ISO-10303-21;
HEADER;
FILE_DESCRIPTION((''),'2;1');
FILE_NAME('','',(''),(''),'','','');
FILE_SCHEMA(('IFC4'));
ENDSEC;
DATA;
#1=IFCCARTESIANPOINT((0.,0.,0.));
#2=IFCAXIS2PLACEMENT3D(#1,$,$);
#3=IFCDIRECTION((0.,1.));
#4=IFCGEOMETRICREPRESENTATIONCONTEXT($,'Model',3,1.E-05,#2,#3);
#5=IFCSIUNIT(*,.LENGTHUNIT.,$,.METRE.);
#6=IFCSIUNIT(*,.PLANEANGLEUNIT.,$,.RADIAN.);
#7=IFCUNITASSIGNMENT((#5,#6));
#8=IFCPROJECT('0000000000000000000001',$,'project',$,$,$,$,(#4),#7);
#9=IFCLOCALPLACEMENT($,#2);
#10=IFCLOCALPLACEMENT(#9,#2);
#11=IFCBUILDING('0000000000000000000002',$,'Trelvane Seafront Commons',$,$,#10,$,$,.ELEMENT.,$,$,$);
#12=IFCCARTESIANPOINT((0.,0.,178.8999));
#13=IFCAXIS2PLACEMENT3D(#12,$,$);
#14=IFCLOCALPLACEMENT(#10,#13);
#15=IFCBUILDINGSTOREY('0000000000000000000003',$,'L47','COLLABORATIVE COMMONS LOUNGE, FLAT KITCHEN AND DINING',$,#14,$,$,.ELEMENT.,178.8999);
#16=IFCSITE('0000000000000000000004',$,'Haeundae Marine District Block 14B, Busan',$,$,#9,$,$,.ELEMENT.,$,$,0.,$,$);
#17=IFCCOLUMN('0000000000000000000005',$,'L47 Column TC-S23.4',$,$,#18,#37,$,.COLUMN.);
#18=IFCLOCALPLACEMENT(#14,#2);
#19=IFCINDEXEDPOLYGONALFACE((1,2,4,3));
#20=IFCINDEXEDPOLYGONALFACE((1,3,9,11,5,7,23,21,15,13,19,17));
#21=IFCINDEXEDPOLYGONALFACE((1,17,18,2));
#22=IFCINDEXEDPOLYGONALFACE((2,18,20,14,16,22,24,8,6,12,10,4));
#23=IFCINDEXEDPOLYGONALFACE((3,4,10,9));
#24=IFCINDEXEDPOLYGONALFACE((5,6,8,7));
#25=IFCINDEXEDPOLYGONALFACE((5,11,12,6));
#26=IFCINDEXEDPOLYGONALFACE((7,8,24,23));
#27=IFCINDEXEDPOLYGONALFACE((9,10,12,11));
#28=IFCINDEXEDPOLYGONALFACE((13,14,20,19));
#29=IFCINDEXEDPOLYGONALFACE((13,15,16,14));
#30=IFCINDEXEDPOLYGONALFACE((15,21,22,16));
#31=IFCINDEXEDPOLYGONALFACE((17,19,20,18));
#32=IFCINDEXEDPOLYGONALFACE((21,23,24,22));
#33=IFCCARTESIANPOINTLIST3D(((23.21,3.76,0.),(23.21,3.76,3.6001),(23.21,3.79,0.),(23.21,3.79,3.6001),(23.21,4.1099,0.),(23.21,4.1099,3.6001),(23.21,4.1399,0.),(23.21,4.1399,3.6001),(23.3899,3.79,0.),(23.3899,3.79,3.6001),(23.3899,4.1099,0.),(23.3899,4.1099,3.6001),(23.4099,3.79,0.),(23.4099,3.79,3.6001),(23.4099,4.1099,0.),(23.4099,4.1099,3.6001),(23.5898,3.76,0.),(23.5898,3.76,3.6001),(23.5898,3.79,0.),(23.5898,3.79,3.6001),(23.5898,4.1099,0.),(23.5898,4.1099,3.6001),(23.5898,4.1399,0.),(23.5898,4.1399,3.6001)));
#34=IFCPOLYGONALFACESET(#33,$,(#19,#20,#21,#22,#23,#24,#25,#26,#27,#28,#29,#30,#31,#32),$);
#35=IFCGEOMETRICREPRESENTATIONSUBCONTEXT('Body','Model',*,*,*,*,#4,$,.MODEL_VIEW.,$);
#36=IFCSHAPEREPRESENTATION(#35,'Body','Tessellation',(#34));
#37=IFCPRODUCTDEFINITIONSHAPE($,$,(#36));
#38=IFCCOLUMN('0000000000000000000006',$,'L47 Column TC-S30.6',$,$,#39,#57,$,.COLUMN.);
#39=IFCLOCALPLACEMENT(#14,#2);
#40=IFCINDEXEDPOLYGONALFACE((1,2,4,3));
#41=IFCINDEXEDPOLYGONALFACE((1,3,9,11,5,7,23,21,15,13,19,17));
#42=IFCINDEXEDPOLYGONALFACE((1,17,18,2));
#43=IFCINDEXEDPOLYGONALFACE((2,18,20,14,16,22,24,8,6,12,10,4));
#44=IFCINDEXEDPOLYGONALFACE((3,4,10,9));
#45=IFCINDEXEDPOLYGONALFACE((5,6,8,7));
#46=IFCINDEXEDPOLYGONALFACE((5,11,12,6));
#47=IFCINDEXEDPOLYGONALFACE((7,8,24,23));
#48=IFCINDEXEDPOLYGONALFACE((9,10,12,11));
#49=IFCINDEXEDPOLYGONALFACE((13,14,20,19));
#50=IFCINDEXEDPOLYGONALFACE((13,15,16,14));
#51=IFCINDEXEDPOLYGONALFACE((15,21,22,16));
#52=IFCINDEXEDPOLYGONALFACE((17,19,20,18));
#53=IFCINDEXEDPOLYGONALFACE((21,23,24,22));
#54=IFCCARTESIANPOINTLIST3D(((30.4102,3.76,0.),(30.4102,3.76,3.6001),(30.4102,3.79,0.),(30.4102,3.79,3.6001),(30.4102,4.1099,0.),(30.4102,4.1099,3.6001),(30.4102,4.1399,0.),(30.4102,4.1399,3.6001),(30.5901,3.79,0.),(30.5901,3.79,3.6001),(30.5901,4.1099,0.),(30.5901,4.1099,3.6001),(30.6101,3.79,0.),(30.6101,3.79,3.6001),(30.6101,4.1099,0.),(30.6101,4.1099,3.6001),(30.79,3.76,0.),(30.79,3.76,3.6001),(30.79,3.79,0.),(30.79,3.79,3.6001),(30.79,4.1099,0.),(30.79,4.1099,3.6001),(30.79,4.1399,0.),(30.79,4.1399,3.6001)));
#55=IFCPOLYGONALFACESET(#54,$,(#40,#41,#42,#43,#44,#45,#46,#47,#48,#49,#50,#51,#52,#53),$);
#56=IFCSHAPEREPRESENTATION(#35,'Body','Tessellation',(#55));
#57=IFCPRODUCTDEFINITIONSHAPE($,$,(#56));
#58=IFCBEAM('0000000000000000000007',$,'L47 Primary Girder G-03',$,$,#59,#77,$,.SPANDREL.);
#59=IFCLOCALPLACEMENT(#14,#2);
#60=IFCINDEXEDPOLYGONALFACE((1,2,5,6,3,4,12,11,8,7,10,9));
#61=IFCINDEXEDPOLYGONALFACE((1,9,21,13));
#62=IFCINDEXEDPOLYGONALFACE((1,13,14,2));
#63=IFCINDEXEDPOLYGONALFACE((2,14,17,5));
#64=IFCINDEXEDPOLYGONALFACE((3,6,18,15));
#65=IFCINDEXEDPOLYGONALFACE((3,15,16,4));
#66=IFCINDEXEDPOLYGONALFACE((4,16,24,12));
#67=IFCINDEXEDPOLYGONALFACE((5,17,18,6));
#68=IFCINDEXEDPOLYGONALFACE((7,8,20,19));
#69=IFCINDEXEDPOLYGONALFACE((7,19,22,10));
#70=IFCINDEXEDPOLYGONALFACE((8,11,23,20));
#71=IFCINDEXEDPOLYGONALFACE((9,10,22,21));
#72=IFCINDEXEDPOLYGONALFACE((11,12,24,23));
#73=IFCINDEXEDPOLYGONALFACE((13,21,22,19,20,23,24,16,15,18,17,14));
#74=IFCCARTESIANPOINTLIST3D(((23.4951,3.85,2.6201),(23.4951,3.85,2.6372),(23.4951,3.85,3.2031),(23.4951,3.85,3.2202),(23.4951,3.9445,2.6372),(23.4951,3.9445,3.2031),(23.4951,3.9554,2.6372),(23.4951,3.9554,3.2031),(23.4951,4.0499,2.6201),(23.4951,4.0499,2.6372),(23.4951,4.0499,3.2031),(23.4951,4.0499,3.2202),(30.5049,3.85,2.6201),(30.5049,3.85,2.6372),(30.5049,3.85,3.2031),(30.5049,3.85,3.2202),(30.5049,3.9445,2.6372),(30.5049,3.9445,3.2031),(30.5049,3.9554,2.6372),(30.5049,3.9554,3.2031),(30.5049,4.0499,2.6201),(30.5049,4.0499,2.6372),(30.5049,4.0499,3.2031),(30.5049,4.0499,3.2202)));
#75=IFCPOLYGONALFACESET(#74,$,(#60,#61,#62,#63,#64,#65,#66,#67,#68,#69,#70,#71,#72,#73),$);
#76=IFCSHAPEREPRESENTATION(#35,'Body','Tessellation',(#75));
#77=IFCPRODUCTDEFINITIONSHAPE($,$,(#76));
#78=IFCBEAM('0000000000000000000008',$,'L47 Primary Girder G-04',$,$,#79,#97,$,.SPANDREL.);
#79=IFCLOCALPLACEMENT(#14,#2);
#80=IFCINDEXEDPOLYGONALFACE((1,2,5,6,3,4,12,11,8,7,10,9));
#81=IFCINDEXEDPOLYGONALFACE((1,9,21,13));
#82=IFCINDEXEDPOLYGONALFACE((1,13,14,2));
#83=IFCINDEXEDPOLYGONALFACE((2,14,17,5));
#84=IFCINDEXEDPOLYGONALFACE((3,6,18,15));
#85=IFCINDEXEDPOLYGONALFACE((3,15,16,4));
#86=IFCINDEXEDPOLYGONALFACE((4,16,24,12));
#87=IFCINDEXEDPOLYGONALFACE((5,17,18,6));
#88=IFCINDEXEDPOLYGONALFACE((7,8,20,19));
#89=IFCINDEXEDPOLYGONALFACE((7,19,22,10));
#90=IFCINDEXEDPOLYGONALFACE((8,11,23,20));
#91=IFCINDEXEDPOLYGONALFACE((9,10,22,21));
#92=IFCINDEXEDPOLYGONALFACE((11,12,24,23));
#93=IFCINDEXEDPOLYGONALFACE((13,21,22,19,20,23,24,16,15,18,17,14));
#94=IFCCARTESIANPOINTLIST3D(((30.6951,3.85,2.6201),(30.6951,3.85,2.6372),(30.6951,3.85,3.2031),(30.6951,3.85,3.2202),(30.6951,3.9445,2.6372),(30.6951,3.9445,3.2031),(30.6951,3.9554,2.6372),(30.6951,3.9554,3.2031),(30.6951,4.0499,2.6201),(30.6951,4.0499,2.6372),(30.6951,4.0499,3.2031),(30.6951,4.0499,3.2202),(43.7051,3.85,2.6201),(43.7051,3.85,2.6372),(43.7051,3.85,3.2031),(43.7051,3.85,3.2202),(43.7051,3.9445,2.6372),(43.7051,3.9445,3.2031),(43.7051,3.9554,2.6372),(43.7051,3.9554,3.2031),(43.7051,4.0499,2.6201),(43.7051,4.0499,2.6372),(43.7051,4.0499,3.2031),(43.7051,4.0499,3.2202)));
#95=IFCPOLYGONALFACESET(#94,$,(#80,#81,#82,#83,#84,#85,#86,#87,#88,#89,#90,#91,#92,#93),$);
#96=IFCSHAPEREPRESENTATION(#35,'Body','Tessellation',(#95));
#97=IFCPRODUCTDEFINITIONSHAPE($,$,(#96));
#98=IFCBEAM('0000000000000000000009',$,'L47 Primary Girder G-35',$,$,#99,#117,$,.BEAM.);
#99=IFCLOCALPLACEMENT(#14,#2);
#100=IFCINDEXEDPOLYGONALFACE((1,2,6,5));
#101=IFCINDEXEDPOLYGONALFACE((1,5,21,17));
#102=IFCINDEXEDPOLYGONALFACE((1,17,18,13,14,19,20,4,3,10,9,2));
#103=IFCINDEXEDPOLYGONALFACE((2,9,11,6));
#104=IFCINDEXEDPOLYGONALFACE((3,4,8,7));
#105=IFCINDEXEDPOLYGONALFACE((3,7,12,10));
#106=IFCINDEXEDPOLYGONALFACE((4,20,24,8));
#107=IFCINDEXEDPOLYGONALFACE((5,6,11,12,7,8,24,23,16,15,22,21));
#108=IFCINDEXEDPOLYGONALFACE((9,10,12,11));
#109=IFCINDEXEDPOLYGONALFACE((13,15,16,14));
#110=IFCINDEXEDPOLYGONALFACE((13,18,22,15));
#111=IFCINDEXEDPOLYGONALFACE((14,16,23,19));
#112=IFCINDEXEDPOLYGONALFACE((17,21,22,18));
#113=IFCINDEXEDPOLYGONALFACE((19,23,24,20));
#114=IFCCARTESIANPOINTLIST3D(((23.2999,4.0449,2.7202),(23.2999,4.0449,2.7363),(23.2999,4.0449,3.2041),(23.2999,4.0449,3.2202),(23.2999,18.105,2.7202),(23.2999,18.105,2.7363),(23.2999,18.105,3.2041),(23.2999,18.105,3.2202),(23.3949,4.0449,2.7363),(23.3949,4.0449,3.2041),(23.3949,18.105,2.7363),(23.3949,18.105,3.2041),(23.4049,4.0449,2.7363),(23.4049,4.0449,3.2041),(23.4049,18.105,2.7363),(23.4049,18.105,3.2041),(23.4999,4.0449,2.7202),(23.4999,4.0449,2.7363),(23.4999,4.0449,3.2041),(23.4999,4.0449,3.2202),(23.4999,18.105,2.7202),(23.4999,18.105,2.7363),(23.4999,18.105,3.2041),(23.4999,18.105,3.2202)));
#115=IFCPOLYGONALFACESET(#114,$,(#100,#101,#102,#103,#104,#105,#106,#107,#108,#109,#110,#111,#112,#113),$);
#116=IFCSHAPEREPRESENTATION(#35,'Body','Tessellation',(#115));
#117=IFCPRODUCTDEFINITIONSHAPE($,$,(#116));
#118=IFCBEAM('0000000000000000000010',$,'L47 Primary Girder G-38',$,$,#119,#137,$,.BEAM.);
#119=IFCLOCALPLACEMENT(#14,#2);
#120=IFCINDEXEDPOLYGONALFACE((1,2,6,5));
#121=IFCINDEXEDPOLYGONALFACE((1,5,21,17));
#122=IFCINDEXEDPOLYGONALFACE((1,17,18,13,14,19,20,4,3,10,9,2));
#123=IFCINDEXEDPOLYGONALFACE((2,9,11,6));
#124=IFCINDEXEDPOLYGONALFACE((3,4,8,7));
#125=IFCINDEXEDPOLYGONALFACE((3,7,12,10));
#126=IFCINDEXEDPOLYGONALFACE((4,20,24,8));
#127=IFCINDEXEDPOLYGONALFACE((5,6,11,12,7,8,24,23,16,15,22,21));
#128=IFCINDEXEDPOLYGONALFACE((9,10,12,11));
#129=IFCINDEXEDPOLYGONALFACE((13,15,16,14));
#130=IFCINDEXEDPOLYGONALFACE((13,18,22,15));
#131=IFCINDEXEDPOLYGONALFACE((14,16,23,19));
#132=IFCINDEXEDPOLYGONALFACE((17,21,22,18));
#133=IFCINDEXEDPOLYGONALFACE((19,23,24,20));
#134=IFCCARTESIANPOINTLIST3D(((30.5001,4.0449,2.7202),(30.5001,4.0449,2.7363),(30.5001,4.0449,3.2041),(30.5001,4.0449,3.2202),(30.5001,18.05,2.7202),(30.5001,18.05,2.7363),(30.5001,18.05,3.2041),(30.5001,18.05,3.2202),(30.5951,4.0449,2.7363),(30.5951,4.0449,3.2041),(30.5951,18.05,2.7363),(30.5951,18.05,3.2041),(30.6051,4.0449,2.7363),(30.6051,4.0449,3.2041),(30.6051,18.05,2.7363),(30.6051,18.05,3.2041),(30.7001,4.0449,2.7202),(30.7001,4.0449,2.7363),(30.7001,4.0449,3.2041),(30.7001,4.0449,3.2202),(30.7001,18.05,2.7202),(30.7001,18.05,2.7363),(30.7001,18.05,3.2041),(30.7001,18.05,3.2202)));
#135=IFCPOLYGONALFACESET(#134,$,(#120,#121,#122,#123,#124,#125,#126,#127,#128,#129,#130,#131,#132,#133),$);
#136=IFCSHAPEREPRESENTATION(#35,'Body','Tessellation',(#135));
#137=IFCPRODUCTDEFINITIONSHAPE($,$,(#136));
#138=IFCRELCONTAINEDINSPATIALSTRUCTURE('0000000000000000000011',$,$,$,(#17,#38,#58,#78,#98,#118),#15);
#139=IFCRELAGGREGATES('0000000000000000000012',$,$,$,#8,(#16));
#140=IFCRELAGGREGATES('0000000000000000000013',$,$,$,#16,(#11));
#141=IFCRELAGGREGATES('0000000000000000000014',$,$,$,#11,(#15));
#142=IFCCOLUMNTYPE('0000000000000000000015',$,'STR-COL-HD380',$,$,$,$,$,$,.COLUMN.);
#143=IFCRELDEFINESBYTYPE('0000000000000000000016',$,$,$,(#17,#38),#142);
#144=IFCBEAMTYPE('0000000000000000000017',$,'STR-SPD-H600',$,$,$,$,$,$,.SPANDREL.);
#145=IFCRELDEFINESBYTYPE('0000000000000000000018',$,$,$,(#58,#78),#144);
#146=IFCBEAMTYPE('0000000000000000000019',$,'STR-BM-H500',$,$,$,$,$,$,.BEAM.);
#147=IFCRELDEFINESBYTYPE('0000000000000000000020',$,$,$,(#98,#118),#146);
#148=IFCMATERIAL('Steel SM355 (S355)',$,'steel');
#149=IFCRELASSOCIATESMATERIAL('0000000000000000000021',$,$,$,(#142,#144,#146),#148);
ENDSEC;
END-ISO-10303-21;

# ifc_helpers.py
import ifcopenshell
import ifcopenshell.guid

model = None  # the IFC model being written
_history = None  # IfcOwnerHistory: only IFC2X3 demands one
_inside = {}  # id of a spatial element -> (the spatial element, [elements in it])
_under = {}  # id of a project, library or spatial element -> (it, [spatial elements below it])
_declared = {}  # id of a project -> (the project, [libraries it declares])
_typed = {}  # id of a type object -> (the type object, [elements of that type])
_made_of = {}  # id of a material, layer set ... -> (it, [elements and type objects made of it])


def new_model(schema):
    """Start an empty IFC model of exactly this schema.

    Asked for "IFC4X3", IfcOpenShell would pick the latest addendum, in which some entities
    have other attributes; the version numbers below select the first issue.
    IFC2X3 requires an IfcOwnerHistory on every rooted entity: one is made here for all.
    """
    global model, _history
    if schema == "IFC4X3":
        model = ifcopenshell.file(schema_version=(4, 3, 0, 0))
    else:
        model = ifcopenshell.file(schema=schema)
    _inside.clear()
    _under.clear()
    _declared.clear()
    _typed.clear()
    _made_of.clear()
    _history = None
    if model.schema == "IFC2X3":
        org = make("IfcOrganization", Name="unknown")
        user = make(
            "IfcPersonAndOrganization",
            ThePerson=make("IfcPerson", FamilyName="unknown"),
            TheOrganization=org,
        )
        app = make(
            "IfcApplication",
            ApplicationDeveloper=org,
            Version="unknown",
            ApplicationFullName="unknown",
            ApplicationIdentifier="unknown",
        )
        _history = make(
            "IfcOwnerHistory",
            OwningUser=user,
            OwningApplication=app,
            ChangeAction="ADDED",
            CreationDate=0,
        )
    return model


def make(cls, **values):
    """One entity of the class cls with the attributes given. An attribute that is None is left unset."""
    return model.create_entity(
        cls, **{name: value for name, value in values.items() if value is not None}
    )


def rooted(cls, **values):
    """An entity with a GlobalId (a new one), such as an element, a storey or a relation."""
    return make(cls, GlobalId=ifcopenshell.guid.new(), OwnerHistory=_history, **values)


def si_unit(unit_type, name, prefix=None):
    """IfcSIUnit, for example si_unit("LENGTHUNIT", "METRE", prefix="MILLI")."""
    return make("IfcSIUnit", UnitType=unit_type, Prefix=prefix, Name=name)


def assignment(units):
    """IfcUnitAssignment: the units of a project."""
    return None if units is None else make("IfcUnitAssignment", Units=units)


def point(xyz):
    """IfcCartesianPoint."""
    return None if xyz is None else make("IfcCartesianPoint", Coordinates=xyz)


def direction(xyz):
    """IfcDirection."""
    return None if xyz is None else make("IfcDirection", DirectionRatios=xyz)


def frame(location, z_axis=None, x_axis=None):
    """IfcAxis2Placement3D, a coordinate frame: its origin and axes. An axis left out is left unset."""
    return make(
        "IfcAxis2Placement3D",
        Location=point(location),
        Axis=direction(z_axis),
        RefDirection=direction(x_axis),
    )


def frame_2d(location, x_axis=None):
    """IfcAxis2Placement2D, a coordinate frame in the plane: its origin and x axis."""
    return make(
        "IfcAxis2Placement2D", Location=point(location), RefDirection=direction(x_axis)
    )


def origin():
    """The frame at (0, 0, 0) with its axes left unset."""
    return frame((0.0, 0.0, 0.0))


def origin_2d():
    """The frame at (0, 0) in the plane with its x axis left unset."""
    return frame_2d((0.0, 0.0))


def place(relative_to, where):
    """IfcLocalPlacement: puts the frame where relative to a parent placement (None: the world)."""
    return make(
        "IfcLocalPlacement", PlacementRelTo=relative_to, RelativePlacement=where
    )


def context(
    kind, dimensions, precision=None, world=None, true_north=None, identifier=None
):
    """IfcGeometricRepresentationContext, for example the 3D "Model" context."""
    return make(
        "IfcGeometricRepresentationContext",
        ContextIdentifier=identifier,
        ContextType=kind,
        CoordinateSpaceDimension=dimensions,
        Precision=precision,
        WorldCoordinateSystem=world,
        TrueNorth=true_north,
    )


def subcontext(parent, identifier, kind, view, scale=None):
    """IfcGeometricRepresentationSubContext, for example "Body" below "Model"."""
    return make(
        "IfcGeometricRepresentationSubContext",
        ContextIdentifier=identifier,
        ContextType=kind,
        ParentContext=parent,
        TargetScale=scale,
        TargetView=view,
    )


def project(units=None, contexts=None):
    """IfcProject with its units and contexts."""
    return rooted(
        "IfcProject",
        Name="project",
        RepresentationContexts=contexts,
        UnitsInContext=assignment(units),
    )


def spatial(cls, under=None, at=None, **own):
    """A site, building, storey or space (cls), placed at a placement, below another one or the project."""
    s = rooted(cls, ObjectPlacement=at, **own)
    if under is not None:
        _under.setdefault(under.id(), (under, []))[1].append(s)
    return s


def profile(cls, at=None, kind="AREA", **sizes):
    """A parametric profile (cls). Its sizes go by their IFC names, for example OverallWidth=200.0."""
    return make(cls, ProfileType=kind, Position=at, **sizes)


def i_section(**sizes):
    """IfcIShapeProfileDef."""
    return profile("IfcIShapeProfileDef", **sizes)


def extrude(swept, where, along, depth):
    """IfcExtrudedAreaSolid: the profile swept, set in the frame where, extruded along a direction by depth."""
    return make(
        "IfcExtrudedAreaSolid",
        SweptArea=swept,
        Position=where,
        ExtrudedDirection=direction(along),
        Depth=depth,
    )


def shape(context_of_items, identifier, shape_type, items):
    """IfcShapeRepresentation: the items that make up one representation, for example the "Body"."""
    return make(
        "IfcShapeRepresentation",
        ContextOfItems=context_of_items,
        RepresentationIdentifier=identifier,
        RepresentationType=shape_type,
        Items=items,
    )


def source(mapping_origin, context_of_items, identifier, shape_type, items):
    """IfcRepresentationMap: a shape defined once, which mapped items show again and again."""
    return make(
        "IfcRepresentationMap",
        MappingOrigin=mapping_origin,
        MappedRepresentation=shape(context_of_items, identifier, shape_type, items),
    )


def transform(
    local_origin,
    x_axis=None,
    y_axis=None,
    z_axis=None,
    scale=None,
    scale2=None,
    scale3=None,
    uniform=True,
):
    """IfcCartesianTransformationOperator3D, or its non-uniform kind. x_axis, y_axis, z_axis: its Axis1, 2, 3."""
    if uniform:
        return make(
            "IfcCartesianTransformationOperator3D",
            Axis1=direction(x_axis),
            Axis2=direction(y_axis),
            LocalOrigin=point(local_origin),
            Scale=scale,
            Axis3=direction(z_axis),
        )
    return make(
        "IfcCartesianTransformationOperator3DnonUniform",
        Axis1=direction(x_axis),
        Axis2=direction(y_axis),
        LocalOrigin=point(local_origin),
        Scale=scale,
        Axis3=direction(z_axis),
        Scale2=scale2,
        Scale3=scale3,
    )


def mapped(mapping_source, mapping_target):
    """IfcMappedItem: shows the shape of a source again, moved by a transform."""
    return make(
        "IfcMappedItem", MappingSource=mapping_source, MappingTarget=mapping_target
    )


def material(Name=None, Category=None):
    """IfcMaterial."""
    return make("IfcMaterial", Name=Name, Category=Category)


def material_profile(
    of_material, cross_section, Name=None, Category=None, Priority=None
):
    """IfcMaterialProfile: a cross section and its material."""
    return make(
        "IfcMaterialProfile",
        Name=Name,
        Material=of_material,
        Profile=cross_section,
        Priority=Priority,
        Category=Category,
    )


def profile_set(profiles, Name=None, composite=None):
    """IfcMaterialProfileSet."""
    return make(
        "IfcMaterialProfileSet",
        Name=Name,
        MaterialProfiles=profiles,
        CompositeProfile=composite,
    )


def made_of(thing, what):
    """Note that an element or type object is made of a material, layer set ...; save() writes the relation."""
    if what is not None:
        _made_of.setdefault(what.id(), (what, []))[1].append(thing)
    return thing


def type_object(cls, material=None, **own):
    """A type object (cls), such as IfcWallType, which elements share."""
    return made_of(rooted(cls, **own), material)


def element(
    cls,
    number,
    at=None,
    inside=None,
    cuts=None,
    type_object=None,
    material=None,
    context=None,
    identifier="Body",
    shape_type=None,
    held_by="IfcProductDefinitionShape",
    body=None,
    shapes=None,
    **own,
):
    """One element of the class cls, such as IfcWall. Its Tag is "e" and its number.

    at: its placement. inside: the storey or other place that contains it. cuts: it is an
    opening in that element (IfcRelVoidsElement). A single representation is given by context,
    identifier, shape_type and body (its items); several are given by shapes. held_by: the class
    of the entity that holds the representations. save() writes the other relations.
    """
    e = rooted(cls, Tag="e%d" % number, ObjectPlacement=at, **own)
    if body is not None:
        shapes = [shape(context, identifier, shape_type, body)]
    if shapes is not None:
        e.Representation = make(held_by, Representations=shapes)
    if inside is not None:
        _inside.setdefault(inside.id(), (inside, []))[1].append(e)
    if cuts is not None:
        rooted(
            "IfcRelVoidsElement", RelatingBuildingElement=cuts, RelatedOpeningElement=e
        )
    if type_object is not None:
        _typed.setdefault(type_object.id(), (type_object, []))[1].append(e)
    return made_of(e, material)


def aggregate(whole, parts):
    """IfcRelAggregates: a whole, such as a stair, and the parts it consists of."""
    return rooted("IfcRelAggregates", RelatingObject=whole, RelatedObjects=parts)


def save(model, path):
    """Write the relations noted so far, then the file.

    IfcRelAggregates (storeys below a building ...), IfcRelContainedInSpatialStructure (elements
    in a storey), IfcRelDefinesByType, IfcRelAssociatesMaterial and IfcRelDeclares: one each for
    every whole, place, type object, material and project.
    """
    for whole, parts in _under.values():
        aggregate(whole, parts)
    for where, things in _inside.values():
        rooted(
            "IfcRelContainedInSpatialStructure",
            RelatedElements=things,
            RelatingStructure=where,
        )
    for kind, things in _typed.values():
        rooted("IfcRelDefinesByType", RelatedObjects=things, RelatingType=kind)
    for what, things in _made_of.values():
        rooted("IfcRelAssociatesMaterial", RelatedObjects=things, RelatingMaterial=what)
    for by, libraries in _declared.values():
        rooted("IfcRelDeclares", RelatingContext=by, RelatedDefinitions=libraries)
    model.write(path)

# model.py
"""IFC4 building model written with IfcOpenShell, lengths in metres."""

from ifc_helpers import new_model, si_unit, direction, frame, origin, origin_2d, place, context, subcontext, project, spatial, i_section, extrude, source, transform, mapped, material, material_profile, profile_set, type_object, element, save


model = new_model("IFC4")

# Units and contexts
model_context = context("Model", 3, precision=1e-05, world=origin(), true_north=direction((0.0, 1.0)))
body_context = subcontext(model_context, "Body", "Model", "MODEL_VIEW")
ifc_project = project(units=[si_unit("LENGTHUNIT", "METRE"), si_unit("PLANEANGLEUNIT", "RADIAN")], contexts=[model_context])

# Site, building, storey
site_placement = place(None, origin())
site = spatial("IfcSite", under=ifc_project, at=site_placement, Name="Haeundae Marine District Block 14B, Busan", CompositionType="ELEMENT", RefElevation=0.0)
building_placement = place(site_placement, origin())
building = spatial("IfcBuilding", under=site, at=building_placement, Name="Trelvane Seafront Commons", CompositionType="ELEMENT")
storey_placement = place(building_placement, frame((0.0, 0.0, 178.8999)))
storey = spatial("IfcBuildingStorey", under=building, at=storey_placement, Name="L47", Description="COLLABORATIVE COMMONS LOUNGE, FLAT KITCHEN AND DINING", CompositionType="ELEMENT", Elevation=178.8999)

# Columns
ifc_material_1 = material(Name="Steel SM355 (S355)", Category="steel")
ifc_material_profile_1 = material_profile(ifc_material_1, i_section(OverallWidth=0.3799, OverallDepth=0.3799, WebThickness=0.02, FlangeThickness=0.03, at=origin_2d()), Name="HD-380x380x20x30")
ifc_profile_set_1 = profile_set([ifc_material_profile_1], Name="Steel SM355 (S355)")
column_type = type_object("IfcColumnType", Name="STR-COL-HD380", PredefinedType="COLUMN", material=ifc_profile_set_1)
shared_shape_1 = source(origin(), body_context, "Body", "SweptSolid", [
    extrude(i_section(OverallWidth=0.3799, OverallDepth=0.3799, WebThickness=0.02, FlangeThickness=0.03, at=origin_2d()), origin(), (0.0, 0.0, 1.0), 3.6001),
])
for number, where, z_axis, x_axis, name in (
    (1, (23.3999, 3.95, 0.0), (0.0, 0.0, 1.0), (1.0, 0.0, 0.0), "L47 Column TC-S23.4"),
    (2, (30.6001, 3.95, 0.0), (0.0, 0.0, 1.0), (1.0, 0.0, 0.0), "L47 Column TC-S30.6"),
):
    element("IfcColumn", number, at=place(storey_placement, frame(where, z_axis=z_axis, x_axis=x_axis)), inside=storey, type_object=column_type, Name=name, PredefinedType="COLUMN", context=body_context, shape_type="MappedRepresentation", body=[
        mapped(shared_shape_1, transform((0.0, 0.0, 0.0), x_axis=(1.0, 0.0, 0.0), y_axis=(0.0, 1.0, 0.0), z_axis=(0.0, 0.0, 1.0), scale=1.0)),
    ])

# Beams
ifc_material_profile_2 = material_profile(ifc_material_1, i_section(OverallWidth=0.2, OverallDepth=0.6001, WebThickness=0.011, FlangeThickness=0.0171, at=origin_2d()), Name="H-600x200x11x17")
ifc_profile_set_2 = profile_set([ifc_material_profile_2], Name="Steel SM355 (S355)")
beam_type_1 = type_object("IfcBeamType", Name="STR-SPD-H600", PredefinedType="SPANDREL", material=ifc_profile_set_2)
shared_shape_2 = source(origin(), body_context, "Body", "SweptSolid", [
    extrude(i_section(OverallWidth=0.2, OverallDepth=0.6001, WebThickness=0.011, FlangeThickness=0.0171, at=origin_2d()), origin(), (0.0, 0.0, 1.0), 7.0098),
])
beam_1_placement = place(storey_placement, frame((23.4951, 3.95, 2.9202), z_axis=(1.0, 0.0, 0.0), x_axis=(0.0, 1.0, 0.0)))
element("IfcBeam", 3, at=beam_1_placement, inside=storey, type_object=beam_type_1, Name="L47 Primary Girder G-03", PredefinedType="SPANDREL", context=body_context, shape_type="MappedRepresentation", body=[
    mapped(shared_shape_2, transform((0.0, 0.0, 0.0), x_axis=(1.0, 0.0, 0.0), y_axis=(0.0, 1.0, 0.0), z_axis=(0.0, 0.0, 1.0), scale=1.0)),
])
shared_shape_3 = source(origin(), body_context, "Body", "SweptSolid", [
    extrude(i_section(OverallWidth=0.2, OverallDepth=0.6001, WebThickness=0.011, FlangeThickness=0.0171, at=origin_2d()), origin(), (0.0, 0.0, 1.0), 13.01),
])
beam_2_placement = place(storey_placement, frame((30.6951, 3.95, 2.9202), z_axis=(1.0, 0.0, 0.0), x_axis=(0.0, 1.0, 0.0)))
element("IfcBeam", 4, at=beam_2_placement, inside=storey, type_object=beam_type_1, Name="L47 Primary Girder G-04", PredefinedType="SPANDREL", context=body_context, shape_type="MappedRepresentation", body=[
    mapped(shared_shape_3, transform((0.0, 0.0, 0.0), x_axis=(1.0, 0.0, 0.0), y_axis=(0.0, 1.0, 0.0), z_axis=(0.0, 0.0, 1.0), scale=1.0)),
])
ifc_material_profile_3 = material_profile(ifc_material_1, i_section(OverallWidth=0.2, OverallDepth=0.5, WebThickness=0.01, FlangeThickness=0.0161, at=origin_2d()), Name="H-500x200x10x16")
ifc_profile_set_3 = profile_set([ifc_material_profile_3], Name="Steel SM355 (S355)")
beam_type_2 = type_object("IfcBeamType", Name="STR-BM-H500", PredefinedType="BEAM", material=ifc_profile_set_3)
shared_shape_4 = source(origin(), body_context, "Body", "SweptSolid", [
    extrude(i_section(OverallWidth=0.2, OverallDepth=0.5, WebThickness=0.01, FlangeThickness=0.0161, at=origin_2d()), origin(), (0.0, 0.0, 1.0), 14.0601),
])
beam_3_placement = place(storey_placement, frame((23.3999, 4.0449, 2.9702), z_axis=(0.0, 1.0, 0.0), x_axis=(-1.0, 0.0, 0.0)))
element("IfcBeam", 5, at=beam_3_placement, inside=storey, type_object=beam_type_2, Name="L47 Primary Girder G-35", PredefinedType="BEAM", context=body_context, shape_type="MappedRepresentation", body=[
    mapped(shared_shape_4, transform((0.0, 0.0, 0.0), x_axis=(1.0, 0.0, 0.0), y_axis=(0.0, 1.0, 0.0), z_axis=(0.0, 0.0, 1.0), scale=1.0)),
])
shared_shape_5 = source(origin(), body_context, "Body", "SweptSolid", [
    extrude(i_section(OverallWidth=0.2, OverallDepth=0.5, WebThickness=0.01, FlangeThickness=0.0161, at=origin_2d()), origin(), (0.0, 0.0, 1.0), 14.0051),
])
beam_4_placement = place(storey_placement, frame((30.6001, 4.0449, 2.9702), z_axis=(0.0, 1.0, 0.0), x_axis=(-1.0, 0.0, 0.0)))
element("IfcBeam", 6, at=beam_4_placement, inside=storey, type_object=beam_type_2, Name="L47 Primary Girder G-38", PredefinedType="BEAM", context=body_context, shape_type="MappedRepresentation", body=[
    mapped(shared_shape_5, transform((0.0, 0.0, 0.0), x_axis=(1.0, 0.0, 0.0), y_axis=(0.0, 1.0, 0.0), z_axis=(0.0, 0.0, 1.0), scale=1.0)),
])

save(model, "model.ifc")
